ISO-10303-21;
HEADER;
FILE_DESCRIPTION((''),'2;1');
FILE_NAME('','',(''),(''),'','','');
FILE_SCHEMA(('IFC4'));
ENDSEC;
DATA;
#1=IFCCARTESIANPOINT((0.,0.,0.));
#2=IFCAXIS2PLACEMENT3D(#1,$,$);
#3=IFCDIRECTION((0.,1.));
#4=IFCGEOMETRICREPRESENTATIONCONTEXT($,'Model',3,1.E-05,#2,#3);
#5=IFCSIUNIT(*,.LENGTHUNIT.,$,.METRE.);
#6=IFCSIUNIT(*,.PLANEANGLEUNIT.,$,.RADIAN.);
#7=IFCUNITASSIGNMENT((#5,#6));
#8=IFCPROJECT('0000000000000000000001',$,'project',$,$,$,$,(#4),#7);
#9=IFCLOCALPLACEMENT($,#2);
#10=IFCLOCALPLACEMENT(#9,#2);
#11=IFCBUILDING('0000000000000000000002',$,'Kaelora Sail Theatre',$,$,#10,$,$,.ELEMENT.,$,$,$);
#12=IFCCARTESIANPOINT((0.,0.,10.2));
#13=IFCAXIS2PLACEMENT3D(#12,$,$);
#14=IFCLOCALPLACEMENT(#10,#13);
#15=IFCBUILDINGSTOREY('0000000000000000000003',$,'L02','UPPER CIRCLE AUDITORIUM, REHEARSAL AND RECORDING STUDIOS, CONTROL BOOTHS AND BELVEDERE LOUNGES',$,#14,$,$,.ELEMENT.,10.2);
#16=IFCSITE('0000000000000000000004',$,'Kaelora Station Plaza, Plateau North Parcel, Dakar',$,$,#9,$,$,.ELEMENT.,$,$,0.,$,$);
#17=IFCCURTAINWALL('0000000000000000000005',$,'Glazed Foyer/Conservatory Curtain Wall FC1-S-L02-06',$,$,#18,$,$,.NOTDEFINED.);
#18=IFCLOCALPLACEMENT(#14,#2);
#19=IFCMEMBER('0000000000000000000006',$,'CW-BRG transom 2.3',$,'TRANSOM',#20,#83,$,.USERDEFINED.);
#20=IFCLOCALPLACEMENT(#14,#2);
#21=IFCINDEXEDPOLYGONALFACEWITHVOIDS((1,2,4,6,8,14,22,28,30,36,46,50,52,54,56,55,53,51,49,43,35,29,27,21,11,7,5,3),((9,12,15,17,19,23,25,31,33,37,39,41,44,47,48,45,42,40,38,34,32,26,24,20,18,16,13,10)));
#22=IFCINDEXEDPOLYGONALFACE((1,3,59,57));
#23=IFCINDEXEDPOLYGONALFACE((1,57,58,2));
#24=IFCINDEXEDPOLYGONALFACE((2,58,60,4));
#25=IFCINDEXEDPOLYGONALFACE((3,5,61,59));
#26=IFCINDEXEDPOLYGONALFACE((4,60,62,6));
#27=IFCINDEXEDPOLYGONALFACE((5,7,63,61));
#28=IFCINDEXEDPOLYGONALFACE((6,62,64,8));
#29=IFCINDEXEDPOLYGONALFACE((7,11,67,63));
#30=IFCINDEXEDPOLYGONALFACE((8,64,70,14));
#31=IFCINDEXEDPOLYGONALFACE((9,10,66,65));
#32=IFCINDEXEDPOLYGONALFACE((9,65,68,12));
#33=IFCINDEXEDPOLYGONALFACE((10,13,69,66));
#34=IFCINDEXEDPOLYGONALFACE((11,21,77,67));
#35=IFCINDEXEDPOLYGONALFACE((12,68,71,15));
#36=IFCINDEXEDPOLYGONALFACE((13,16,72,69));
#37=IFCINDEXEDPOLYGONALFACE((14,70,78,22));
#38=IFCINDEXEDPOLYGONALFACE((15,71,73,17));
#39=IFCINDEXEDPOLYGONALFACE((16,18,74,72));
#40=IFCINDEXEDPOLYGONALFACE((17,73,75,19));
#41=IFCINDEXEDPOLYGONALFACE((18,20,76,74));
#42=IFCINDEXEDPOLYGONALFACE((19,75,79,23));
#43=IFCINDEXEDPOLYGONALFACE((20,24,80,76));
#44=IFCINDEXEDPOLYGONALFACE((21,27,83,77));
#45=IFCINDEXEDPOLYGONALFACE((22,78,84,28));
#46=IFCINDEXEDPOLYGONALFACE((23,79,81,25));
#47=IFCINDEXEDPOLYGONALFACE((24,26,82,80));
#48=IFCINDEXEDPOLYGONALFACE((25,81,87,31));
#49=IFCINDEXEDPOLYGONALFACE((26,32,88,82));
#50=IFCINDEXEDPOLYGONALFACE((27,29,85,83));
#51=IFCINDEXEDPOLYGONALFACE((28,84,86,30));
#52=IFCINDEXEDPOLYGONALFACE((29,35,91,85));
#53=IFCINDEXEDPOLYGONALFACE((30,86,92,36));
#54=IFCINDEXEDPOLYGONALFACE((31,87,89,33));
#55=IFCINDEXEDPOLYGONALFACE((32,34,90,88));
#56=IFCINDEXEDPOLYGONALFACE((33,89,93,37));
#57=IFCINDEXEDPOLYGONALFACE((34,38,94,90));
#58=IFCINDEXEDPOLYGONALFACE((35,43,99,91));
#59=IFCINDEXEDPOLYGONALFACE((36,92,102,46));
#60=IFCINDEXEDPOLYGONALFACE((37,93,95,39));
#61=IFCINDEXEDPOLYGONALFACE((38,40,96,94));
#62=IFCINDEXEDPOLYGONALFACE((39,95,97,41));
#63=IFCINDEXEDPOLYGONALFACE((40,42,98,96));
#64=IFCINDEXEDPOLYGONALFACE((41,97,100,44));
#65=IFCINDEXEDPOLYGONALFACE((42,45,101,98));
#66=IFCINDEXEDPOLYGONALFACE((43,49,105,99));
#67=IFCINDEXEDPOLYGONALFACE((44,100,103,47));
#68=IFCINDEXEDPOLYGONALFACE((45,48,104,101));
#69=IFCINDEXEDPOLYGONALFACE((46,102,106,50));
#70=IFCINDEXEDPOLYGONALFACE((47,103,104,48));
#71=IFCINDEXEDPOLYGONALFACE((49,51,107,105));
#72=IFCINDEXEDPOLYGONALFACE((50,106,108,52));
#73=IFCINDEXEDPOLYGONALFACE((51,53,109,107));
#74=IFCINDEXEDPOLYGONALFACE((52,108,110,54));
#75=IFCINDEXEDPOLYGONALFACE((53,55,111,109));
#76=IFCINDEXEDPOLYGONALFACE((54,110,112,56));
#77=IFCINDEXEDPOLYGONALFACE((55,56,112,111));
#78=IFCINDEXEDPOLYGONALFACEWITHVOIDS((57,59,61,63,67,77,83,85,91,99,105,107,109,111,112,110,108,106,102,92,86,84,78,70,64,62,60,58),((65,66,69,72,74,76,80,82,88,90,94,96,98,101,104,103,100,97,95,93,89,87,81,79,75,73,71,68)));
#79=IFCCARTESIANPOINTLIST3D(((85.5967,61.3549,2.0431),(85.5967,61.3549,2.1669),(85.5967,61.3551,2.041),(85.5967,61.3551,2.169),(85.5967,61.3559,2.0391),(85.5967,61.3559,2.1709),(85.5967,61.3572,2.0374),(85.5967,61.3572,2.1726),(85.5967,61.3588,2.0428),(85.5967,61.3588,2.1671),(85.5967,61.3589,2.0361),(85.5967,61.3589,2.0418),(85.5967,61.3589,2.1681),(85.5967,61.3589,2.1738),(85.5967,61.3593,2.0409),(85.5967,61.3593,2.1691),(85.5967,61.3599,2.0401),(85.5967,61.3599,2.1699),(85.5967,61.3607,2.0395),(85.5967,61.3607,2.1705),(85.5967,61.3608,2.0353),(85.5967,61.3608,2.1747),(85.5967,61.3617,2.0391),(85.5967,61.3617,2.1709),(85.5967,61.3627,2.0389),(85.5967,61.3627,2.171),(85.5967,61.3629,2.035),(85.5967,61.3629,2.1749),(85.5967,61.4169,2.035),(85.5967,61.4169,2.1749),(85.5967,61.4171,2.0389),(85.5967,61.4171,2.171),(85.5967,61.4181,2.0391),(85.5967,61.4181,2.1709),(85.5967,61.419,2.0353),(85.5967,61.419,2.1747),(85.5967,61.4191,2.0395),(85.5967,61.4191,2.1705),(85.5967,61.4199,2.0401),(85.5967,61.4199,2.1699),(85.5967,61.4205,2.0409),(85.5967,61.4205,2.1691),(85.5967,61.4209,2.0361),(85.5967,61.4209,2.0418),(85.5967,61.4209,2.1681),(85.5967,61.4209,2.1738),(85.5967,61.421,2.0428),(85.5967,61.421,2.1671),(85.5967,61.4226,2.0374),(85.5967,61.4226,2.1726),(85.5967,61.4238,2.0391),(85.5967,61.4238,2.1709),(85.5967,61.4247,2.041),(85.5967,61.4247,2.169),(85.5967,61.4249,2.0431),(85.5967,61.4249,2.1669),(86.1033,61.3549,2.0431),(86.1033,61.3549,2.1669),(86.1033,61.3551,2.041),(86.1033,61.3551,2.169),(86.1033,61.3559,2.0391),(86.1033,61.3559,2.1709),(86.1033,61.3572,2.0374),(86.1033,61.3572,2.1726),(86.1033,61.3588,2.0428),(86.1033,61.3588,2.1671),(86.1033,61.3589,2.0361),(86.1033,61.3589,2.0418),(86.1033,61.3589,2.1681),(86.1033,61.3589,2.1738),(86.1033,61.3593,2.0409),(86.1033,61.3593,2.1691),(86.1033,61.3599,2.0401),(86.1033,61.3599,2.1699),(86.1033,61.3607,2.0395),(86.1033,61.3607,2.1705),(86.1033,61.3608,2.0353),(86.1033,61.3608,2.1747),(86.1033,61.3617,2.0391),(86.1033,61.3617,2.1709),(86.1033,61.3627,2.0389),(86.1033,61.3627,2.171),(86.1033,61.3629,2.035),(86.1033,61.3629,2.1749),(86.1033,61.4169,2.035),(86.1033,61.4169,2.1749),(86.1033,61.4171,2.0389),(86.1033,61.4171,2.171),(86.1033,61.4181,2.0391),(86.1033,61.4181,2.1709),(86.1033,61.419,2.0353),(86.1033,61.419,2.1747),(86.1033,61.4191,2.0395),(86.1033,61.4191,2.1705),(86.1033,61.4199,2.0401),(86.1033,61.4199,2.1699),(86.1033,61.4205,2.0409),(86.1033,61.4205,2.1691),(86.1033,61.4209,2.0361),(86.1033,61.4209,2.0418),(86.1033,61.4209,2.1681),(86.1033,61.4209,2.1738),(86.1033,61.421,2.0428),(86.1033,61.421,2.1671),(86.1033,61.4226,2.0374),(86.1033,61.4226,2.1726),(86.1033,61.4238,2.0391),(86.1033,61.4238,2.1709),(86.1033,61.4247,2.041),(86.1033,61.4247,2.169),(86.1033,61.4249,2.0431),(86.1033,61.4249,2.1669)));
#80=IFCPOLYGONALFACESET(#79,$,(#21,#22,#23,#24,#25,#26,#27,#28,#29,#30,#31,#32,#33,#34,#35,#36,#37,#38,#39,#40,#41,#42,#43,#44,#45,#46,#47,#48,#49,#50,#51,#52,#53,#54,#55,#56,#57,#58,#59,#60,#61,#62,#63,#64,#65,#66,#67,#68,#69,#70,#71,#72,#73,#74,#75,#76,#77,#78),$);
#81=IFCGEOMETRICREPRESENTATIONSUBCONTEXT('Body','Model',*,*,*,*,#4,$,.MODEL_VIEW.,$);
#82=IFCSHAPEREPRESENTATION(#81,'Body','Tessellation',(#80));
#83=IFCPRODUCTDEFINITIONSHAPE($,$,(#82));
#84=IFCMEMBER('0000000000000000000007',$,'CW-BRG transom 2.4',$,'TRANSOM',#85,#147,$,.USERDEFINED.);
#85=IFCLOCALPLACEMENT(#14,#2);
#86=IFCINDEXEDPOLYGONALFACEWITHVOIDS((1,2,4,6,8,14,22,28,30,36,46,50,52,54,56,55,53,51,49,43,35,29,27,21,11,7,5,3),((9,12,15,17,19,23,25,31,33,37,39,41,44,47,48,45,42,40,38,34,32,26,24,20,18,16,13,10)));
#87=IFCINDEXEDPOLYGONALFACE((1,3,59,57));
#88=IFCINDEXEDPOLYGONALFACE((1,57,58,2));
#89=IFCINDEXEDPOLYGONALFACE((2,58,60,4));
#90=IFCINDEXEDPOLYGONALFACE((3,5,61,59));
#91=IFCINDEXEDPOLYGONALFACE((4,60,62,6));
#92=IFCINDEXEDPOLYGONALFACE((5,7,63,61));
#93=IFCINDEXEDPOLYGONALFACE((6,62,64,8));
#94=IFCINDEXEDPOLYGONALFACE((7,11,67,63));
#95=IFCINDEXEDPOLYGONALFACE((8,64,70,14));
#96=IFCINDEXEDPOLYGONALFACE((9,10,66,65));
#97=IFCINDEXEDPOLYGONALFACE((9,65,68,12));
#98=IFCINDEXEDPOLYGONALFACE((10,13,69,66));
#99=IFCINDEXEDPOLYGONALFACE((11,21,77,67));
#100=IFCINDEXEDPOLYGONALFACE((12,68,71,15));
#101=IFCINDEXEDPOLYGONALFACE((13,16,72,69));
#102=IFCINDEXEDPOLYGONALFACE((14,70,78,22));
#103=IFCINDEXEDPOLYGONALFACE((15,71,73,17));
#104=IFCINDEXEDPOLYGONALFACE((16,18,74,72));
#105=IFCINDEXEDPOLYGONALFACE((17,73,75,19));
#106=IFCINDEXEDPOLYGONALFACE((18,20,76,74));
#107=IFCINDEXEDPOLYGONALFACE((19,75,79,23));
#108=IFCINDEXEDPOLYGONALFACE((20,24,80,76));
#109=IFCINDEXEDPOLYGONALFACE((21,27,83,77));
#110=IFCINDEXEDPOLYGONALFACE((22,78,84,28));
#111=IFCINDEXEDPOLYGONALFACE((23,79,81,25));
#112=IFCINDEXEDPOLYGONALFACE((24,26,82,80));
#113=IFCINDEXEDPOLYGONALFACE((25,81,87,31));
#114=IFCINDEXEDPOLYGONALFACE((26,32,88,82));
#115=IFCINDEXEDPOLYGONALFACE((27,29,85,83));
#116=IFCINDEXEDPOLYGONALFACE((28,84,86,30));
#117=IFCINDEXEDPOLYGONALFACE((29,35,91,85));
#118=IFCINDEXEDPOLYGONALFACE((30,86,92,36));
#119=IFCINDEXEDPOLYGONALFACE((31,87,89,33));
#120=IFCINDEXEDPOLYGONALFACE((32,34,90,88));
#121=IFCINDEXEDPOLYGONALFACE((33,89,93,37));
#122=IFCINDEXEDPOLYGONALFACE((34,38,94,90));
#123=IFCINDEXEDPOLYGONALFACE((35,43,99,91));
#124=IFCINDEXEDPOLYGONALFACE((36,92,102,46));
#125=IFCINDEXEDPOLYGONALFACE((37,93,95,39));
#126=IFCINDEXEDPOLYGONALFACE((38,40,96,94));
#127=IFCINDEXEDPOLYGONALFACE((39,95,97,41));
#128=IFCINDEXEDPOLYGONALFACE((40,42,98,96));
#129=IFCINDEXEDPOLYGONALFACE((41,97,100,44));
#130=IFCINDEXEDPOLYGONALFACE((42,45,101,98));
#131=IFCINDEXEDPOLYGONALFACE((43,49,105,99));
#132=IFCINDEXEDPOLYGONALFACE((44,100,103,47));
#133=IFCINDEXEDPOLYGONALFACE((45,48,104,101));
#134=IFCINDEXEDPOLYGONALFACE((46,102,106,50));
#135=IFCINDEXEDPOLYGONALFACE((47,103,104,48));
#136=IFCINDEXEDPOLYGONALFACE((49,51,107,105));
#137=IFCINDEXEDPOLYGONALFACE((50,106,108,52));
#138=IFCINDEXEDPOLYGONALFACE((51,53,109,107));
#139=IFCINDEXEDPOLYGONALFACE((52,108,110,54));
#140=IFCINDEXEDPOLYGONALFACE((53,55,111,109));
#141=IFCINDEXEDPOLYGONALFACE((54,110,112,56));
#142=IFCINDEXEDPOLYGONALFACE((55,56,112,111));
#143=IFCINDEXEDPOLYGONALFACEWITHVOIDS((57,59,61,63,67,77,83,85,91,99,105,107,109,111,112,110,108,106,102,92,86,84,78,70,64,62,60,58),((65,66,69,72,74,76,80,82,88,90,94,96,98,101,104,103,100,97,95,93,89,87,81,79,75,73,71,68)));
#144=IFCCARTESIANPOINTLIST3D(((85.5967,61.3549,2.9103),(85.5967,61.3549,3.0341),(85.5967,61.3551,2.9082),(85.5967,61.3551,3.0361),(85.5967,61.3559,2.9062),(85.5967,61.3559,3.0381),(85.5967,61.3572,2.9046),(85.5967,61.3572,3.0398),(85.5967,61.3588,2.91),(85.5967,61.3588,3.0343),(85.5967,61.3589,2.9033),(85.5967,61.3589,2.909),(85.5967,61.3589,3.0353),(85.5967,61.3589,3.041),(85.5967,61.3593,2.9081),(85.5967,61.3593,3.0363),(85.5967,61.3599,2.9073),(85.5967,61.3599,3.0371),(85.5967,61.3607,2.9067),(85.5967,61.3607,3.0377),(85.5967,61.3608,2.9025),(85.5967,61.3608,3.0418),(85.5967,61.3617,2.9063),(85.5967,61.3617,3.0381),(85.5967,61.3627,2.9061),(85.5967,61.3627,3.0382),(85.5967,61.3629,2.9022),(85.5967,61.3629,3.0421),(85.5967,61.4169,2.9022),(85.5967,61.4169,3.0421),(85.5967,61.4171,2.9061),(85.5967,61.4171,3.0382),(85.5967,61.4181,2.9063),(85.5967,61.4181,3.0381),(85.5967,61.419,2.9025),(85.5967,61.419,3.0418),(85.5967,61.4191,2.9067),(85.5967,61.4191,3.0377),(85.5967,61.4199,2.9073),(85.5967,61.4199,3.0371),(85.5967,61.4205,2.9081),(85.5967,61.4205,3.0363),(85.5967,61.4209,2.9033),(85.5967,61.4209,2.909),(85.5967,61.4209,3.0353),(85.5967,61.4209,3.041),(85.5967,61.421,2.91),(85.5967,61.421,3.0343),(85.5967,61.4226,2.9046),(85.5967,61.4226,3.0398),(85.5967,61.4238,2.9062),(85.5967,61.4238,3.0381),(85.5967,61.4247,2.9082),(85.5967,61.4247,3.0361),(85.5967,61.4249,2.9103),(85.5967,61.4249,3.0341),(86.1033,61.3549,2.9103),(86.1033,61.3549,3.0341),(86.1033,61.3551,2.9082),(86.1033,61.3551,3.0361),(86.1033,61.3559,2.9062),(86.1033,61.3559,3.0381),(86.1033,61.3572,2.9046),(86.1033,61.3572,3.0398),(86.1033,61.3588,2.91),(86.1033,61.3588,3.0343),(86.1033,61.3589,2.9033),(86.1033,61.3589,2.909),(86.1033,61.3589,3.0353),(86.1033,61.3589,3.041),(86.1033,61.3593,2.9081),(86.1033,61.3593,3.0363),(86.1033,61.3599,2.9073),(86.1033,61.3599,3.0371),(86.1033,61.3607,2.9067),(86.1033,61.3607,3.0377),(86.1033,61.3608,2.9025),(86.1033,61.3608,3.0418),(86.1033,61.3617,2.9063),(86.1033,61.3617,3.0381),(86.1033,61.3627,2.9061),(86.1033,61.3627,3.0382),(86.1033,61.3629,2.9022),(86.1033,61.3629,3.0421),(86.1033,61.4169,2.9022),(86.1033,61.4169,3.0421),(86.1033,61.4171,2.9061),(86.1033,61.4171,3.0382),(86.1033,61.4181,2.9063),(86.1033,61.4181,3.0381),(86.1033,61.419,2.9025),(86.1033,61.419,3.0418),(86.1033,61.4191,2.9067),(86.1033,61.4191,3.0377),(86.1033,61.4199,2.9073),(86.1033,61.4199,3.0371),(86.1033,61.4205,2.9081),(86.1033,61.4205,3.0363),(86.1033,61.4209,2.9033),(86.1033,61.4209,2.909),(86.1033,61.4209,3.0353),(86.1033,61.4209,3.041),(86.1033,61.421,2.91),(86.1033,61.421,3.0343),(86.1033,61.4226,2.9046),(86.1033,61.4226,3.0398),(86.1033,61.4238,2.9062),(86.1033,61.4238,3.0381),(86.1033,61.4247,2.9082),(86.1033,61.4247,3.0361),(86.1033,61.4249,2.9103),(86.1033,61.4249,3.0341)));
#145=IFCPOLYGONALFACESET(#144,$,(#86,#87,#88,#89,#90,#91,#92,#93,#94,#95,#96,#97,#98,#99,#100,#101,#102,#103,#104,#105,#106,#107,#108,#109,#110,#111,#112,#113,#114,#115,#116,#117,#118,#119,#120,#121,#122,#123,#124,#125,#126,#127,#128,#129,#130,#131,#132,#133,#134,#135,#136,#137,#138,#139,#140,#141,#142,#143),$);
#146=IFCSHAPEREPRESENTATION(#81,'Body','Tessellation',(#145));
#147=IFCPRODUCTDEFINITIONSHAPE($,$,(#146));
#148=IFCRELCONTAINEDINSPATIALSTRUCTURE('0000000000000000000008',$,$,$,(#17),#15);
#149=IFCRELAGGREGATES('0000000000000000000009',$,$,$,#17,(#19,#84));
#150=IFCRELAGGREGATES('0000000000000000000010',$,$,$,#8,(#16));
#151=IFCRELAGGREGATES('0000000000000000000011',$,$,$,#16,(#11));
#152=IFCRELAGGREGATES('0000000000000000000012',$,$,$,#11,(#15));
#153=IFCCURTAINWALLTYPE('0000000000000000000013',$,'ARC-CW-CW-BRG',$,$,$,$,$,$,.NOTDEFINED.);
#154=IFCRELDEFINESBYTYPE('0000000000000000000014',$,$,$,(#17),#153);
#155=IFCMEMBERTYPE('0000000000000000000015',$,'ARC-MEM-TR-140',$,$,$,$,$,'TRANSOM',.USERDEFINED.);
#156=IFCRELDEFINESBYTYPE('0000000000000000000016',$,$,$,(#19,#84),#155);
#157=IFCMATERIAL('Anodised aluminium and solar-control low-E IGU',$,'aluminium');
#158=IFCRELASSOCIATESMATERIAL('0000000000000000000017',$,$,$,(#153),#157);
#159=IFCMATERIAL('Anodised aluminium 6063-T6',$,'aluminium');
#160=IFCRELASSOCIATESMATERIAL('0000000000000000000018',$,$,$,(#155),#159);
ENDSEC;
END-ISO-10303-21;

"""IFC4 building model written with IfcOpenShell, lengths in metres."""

from ifc_helpers import new_model, si_unit, direction, frame, origin, origin_2d, place, context, subcontext, project, spatial, hollow_rectangle, extrude, material, material_profile, profile_set, type_object, element, aggregate, save


model = new_model("IFC4")

# Units and contexts
model_context = context("Model", 3, precision=1e-05, world=origin(), true_north=direction((0.0, 1.0)))
body_context = subcontext(model_context, "Body", "Model", "MODEL_VIEW")
ifc_project = project(units=[si_unit("LENGTHUNIT", "METRE"), si_unit("PLANEANGLEUNIT", "RADIAN")], contexts=[model_context])

# Site, building, storey
site_placement = place(None, origin())
site = spatial("IfcSite", under=ifc_project, at=site_placement, Name="Kaelora Station Plaza, Plateau North Parcel, Dakar", CompositionType="ELEMENT", RefElevation=0.0)
building_placement = place(site_placement, origin())
building = spatial("IfcBuilding", under=site, at=building_placement, Name="Kaelora Sail Theatre", CompositionType="ELEMENT")
storey_placement = place(building_placement, frame((0.0, 0.0, 10.2)))
storey = spatial("IfcBuildingStorey", under=building, at=storey_placement, Name="L02", Description="UPPER CIRCLE AUDITORIUM, REHEARSAL AND RECORDING STUDIOS, CONTROL BOOTHS AND BELVEDERE LOUNGES", CompositionType="ELEMENT", Elevation=10.2)

# Curtain wall
ifc_material_1 = material(Name="Anodised aluminium and solar-control low-E IGU", Category="aluminium")
curtain_wall_type = type_object("IfcCurtainWallType", Name="ARC-CW-CW-BRG", PredefinedType="NOTDEFINED", material=ifc_material_1)
curtain_wall_1_placement = place(storey_placement, origin())
curtain_wall_1 = element("IfcCurtainWall", 1, at=curtain_wall_1_placement, inside=storey, type_object=curtain_wall_type, Name="Glazed Foyer/Conservatory Curtain Wall FC1-S-L02-06", PredefinedType="NOTDEFINED")

# Members
ifc_material_2 = material(Name="Anodised aluminium 6063-T6", Category="aluminium")
ifc_material_profile_1 = material_profile(ifc_material_2, hollow_rectangle(XDim=0.0701, YDim=0.1399, WallThickness=0.0039, InnerFilletRadius=0.0039, OuterFilletRadius=0.0081, at=origin_2d()), Name="ALU-TRAN 70x140x4")
ifc_profile_set_1 = profile_set([ifc_material_profile_1], Name="Anodised aluminium 6063-T6")
member_type_1 = type_object("IfcMemberType", Name="ARC-MEM-TR-140", ElementType="TRANSOM", PredefinedType="USERDEFINED", material=ifc_profile_set_1)
member_1_placement = place(storey_placement, frame((85.5967, 61.3899, 2.105), z_axis=(1.0, 0.0, 0.0), x_axis=(0.0, 1.0, 0.0)))
member_1 = element("IfcMember", 2, at=member_1_placement, type_object=member_type_1, Name="CW-BRG transom 2.3", ObjectType="TRANSOM", PredefinedType="USERDEFINED", context=body_context, shape_type="SweptSolid", body=[
    extrude(hollow_rectangle(XDim=0.0701, YDim=0.1399, WallThickness=0.0039, InnerFilletRadius=0.0039, OuterFilletRadius=0.0081, at=origin_2d()), origin(), (0.0, 0.0, 1.0), 0.5066),
])
member_2_placement = place(storey_placement, frame((85.5967, 61.3899, 2.9722), z_axis=(1.0, 0.0, 0.0), x_axis=(0.0, 1.0, 0.0)))
member_2 = element("IfcMember", 3, at=member_2_placement, type_object=member_type_1, Name="CW-BRG transom 2.4", ObjectType="TRANSOM", PredefinedType="USERDEFINED", context=body_context, shape_type="SweptSolid", body=[
    extrude(hollow_rectangle(XDim=0.0701, YDim=0.1399, WallThickness=0.0039, InnerFilletRadius=0.0039, OuterFilletRadius=0.0081, at=origin_2d()), origin(), (0.0, 0.0, 1.0), 0.5066),
])

aggregate(curtain_wall_1, [member_1, member_2])

save(model, "model.ifc")
